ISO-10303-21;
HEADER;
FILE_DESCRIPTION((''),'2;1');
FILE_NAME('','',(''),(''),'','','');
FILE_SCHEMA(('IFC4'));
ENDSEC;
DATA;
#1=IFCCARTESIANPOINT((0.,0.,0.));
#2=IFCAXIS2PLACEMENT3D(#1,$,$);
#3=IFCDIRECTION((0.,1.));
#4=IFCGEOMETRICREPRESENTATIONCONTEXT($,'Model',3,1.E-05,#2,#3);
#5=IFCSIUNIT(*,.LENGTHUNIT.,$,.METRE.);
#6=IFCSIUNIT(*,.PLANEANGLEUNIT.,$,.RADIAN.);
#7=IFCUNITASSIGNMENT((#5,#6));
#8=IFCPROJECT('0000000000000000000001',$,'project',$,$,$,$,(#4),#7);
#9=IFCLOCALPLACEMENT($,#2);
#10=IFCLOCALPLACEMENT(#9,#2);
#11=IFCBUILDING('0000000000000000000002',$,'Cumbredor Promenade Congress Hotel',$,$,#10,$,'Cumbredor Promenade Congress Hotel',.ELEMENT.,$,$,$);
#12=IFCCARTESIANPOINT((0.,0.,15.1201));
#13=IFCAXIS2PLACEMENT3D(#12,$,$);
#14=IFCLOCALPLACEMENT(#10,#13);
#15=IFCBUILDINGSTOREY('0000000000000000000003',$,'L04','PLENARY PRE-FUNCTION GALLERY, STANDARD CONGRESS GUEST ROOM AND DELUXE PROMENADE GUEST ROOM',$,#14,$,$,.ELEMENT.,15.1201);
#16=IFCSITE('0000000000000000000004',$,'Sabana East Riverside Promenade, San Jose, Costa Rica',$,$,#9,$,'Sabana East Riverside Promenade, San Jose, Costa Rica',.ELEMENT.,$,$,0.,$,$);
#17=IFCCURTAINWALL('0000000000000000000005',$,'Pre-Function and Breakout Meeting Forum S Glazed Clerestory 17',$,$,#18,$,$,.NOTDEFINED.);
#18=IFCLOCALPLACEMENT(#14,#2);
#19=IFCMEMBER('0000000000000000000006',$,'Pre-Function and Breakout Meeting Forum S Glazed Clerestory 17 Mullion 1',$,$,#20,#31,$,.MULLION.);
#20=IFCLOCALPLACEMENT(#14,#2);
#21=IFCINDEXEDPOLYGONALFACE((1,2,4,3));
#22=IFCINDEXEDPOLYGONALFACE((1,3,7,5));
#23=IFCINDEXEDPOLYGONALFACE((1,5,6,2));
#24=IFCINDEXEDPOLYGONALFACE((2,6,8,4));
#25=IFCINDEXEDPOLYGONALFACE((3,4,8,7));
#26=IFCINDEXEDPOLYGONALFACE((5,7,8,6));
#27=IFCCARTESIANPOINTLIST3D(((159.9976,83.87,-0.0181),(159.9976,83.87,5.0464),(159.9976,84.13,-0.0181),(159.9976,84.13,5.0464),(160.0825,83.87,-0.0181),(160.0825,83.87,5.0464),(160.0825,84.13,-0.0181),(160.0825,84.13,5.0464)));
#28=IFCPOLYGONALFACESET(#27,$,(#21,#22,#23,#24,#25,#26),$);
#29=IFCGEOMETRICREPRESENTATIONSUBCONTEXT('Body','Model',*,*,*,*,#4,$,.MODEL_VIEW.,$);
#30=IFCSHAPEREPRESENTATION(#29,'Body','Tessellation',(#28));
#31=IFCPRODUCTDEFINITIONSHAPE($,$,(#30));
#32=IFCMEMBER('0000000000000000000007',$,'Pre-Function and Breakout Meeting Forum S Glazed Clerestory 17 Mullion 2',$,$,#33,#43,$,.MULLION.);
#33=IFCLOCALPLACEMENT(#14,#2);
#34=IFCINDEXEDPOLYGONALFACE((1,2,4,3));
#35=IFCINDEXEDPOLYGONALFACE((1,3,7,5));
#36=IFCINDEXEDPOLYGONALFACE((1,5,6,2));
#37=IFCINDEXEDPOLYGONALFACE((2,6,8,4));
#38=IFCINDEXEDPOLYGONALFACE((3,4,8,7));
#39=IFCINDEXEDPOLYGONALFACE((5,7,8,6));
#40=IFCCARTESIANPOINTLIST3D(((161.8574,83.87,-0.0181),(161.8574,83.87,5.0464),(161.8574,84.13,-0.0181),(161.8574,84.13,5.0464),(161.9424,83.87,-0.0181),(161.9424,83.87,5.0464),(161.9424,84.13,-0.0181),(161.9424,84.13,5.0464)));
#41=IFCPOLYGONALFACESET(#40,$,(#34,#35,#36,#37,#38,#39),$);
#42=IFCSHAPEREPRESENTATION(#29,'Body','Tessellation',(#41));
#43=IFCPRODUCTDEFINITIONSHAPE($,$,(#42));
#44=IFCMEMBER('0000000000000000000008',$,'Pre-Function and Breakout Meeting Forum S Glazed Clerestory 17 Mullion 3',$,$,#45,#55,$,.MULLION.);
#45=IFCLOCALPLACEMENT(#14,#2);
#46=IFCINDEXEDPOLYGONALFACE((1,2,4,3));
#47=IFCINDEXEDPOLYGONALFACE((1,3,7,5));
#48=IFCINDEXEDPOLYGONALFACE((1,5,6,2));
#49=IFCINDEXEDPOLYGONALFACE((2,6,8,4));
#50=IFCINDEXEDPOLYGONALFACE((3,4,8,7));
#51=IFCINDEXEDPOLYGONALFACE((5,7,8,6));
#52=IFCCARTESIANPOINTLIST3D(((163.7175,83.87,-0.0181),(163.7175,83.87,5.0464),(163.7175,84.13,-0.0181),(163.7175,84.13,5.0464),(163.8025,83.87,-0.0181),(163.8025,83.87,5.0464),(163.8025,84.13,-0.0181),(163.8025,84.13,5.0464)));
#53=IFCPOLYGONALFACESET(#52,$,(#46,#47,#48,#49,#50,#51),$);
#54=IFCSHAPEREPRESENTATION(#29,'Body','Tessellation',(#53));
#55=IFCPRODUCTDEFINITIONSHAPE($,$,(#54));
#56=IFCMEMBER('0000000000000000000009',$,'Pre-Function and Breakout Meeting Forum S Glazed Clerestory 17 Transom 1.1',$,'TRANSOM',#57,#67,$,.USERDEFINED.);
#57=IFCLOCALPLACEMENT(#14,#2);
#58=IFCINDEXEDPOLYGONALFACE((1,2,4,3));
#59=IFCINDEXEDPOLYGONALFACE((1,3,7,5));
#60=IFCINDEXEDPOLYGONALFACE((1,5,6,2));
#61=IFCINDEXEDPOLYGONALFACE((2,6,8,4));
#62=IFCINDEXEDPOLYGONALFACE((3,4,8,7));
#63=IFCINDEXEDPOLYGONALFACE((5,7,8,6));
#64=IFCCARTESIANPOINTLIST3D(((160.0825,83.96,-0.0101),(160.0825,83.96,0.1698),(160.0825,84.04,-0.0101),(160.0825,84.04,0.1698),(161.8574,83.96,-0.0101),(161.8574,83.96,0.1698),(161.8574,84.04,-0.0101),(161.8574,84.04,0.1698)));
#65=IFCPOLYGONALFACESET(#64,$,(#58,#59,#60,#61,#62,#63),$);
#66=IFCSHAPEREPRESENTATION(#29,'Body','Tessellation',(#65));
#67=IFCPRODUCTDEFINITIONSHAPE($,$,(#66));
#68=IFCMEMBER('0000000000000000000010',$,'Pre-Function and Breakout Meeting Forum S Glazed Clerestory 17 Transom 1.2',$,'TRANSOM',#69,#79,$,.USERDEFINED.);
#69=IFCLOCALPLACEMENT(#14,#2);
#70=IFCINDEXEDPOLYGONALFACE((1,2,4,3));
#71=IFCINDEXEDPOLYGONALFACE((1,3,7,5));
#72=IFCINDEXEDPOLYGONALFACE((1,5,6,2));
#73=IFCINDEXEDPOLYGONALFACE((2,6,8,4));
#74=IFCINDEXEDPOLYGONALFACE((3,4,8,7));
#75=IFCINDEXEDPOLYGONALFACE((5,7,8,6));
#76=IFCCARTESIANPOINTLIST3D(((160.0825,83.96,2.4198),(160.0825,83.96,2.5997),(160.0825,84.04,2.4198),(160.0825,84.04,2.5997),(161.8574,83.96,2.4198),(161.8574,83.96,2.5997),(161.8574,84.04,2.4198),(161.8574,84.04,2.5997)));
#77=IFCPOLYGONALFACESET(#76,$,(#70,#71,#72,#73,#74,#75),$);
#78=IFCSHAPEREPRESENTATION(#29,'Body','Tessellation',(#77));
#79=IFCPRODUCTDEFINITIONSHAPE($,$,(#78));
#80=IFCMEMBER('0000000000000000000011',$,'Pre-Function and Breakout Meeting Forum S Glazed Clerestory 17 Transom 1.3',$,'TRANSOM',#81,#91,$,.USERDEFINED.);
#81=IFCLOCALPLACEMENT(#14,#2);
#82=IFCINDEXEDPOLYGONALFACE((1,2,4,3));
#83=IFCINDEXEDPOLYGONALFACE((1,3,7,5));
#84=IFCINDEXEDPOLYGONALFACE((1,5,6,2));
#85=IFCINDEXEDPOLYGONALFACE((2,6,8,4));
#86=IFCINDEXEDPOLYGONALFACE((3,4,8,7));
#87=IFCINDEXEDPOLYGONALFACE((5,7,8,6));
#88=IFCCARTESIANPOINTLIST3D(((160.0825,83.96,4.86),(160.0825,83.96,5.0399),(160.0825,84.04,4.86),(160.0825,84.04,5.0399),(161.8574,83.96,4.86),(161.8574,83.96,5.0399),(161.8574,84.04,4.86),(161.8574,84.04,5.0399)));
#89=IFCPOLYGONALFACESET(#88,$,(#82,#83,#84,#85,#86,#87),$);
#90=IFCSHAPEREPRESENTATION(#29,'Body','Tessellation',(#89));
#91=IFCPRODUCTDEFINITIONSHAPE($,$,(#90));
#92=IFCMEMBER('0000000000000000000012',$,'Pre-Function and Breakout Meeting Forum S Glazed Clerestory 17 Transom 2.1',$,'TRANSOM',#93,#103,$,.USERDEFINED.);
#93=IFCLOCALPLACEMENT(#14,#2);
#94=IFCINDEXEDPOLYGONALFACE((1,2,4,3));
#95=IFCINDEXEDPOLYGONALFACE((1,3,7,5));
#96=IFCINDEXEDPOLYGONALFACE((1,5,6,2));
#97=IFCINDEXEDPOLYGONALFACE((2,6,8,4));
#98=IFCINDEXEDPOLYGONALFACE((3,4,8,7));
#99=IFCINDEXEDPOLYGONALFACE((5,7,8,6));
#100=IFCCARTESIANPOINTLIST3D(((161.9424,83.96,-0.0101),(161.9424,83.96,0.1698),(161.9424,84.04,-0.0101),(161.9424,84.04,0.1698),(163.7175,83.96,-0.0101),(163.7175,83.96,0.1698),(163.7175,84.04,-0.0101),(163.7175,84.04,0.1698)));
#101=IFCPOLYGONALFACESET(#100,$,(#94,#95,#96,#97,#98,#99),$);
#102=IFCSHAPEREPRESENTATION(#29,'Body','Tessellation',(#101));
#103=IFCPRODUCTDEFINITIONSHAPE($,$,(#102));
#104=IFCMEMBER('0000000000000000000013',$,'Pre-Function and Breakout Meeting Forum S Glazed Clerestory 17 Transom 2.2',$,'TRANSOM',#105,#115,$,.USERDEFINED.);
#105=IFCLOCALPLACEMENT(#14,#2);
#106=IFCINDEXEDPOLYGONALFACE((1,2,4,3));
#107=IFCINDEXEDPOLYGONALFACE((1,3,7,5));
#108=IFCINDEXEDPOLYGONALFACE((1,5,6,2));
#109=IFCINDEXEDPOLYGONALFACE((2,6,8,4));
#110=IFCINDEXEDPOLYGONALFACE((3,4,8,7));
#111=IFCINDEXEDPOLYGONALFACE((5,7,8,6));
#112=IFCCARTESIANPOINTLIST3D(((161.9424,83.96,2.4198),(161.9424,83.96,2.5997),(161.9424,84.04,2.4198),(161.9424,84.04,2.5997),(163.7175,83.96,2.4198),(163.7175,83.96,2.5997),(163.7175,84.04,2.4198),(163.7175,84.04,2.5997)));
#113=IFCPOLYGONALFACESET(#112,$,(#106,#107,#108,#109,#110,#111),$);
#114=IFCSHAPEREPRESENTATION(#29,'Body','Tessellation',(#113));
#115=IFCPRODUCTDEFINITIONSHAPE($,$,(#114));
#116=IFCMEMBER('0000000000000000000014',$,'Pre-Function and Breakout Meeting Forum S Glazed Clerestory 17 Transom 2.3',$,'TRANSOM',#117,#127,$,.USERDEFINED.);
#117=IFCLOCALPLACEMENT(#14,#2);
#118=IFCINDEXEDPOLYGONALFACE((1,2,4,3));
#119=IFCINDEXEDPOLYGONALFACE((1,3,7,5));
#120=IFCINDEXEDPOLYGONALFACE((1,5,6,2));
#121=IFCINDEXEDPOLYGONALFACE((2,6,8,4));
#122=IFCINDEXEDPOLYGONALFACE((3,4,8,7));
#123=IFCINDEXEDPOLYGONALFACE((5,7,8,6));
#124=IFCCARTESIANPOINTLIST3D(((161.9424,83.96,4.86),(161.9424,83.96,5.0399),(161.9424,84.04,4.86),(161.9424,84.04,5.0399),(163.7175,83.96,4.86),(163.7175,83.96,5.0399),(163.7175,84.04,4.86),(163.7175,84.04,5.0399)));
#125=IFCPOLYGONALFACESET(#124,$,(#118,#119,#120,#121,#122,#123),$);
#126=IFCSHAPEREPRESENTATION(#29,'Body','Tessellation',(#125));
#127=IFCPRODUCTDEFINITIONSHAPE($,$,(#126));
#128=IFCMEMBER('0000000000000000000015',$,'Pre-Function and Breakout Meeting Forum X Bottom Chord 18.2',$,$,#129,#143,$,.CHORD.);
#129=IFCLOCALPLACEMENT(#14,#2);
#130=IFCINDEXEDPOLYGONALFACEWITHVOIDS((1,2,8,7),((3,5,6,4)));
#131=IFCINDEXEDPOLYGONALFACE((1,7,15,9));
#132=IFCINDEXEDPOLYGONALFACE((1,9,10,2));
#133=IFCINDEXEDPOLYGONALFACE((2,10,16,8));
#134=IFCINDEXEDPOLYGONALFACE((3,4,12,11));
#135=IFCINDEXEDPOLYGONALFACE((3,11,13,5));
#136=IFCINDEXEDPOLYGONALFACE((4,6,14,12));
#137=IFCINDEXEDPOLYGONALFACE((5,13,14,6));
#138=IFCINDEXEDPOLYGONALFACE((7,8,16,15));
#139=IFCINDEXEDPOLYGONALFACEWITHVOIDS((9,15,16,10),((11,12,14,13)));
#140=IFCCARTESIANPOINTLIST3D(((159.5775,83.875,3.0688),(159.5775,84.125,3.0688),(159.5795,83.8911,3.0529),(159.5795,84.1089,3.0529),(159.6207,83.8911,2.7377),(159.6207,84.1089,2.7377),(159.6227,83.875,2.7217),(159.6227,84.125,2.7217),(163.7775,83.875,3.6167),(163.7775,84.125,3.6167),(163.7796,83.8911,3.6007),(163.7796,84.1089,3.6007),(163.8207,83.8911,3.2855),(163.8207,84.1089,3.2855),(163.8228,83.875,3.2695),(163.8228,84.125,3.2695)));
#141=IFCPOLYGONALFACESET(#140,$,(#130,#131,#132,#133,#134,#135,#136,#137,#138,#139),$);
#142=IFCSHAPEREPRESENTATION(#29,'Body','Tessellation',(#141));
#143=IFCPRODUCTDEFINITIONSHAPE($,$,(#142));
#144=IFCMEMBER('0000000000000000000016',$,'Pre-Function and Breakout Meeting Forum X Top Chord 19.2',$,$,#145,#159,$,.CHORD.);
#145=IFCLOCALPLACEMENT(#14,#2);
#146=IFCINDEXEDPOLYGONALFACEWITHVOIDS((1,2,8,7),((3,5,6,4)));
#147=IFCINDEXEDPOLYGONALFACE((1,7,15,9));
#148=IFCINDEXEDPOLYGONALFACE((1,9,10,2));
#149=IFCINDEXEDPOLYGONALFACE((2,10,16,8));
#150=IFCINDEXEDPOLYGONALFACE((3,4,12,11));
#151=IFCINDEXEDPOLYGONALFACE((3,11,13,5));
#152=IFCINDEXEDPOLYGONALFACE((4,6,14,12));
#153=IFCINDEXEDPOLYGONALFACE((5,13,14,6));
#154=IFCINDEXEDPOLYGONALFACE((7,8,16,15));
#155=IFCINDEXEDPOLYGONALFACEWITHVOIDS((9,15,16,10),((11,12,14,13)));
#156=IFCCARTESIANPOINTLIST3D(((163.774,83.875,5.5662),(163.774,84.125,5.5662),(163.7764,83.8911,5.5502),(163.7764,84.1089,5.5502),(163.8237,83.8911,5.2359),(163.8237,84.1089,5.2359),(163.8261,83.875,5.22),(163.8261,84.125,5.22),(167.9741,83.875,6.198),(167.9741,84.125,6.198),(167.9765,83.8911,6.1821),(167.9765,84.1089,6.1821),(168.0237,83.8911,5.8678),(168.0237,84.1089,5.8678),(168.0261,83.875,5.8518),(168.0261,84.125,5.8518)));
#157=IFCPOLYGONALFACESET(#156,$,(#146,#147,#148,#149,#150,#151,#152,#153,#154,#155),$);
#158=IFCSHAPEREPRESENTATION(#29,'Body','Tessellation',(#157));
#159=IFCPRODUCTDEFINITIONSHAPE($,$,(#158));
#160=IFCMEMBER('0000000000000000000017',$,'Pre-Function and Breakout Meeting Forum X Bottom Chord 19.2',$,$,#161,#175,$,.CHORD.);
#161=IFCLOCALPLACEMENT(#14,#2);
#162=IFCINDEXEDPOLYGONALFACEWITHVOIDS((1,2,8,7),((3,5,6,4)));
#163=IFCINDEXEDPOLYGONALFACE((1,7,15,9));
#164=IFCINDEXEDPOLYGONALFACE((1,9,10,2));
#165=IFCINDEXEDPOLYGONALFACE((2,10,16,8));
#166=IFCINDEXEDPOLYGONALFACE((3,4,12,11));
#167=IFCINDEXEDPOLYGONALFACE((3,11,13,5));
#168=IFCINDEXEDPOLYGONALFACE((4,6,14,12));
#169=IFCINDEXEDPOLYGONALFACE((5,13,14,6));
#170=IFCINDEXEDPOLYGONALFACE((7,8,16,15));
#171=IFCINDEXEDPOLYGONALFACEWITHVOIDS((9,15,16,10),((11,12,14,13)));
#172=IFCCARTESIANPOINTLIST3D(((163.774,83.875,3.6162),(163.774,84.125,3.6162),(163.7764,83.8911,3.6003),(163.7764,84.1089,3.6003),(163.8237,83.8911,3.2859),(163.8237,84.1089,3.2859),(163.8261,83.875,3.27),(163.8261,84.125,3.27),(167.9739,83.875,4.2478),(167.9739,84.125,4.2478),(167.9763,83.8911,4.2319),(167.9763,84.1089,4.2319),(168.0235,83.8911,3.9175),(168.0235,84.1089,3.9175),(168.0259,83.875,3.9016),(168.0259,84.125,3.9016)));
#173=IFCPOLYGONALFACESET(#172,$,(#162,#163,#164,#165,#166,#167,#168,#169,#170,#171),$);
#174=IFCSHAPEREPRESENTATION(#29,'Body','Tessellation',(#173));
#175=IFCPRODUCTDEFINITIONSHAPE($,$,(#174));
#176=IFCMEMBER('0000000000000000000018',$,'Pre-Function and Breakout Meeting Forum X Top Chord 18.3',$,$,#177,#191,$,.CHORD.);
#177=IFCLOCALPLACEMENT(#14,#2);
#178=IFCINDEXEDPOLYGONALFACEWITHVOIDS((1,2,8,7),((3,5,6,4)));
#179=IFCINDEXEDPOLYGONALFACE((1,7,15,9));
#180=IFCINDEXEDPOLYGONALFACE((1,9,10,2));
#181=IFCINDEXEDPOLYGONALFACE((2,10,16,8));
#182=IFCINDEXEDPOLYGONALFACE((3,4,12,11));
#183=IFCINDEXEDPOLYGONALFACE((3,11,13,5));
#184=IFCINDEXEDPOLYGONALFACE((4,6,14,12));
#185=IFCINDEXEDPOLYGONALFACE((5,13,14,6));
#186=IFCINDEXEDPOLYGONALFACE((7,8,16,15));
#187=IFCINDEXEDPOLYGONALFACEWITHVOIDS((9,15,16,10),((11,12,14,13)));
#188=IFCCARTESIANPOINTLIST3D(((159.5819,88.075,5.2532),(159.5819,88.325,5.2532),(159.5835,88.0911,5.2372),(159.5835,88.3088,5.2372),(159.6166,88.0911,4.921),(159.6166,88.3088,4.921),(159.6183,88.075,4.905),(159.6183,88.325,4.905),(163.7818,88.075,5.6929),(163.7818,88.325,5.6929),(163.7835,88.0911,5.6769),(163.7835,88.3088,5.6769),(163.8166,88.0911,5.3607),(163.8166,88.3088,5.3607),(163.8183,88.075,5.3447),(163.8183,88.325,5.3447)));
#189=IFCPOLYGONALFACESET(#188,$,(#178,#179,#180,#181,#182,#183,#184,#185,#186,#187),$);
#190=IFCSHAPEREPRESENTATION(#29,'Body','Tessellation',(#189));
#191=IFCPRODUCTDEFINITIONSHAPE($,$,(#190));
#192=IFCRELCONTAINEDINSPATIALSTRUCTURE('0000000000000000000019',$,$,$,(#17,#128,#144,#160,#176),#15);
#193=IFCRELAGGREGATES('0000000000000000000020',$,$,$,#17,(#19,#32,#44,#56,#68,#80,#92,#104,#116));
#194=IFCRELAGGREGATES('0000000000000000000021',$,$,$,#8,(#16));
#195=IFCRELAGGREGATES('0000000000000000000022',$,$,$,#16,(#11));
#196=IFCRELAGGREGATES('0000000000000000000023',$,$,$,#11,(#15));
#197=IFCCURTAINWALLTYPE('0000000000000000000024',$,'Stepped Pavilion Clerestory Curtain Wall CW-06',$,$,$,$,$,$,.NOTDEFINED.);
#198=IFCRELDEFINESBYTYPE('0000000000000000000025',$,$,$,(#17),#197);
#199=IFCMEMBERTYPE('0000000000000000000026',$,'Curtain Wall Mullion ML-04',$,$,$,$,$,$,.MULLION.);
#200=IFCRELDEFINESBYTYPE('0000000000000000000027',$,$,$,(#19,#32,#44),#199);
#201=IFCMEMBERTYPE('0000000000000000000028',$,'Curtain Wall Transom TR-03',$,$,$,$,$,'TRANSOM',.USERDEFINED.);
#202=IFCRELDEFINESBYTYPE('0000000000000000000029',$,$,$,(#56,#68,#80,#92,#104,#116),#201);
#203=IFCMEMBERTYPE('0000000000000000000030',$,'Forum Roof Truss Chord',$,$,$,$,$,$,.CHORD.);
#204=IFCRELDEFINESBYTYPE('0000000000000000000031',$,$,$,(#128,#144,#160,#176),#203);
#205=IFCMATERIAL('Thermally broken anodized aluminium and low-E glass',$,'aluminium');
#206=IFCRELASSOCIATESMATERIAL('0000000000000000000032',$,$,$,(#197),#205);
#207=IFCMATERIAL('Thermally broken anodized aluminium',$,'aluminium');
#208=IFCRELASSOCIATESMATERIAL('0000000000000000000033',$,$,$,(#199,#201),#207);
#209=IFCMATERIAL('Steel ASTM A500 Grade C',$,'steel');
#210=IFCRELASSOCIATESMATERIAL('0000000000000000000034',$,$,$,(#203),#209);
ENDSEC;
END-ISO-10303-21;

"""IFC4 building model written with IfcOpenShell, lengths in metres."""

from ifc_helpers import new_model, si_unit, direction, frame, origin, origin_2d, place, context, subcontext, project, spatial, rectangle, hollow_rectangle, extrude, material, material_profile, profile_set, type_object, element, aggregate, save


model = new_model("IFC4")

# Units and contexts
model_context = context("Model", 3, precision=1e-05, world=origin(), true_north=direction((0.0, 1.0)))
body_context = subcontext(model_context, "Body", "Model", "MODEL_VIEW")
ifc_project = project(units=[si_unit("LENGTHUNIT", "METRE"), si_unit("PLANEANGLEUNIT", "RADIAN")], contexts=[model_context])

# Site, building, storey
site_placement = place(None, origin())
site = spatial("IfcSite", under=ifc_project, at=site_placement, Name="Sabana East Riverside Promenade, San Jose, Costa Rica", LongName="Sabana East Riverside Promenade, San Jose, Costa Rica", CompositionType="ELEMENT", RefElevation=0.0)
building_placement = place(site_placement, origin())
building = spatial("IfcBuilding", under=site, at=building_placement, Name="Cumbredor Promenade Congress Hotel", LongName="Cumbredor Promenade Congress Hotel", CompositionType="ELEMENT")
storey_placement = place(building_placement, frame((0.0, 0.0, 15.1201)))
storey = spatial("IfcBuildingStorey", under=building, at=storey_placement, Name="L04", Description="PLENARY PRE-FUNCTION GALLERY, STANDARD CONGRESS GUEST ROOM AND DELUXE PROMENADE GUEST ROOM", CompositionType="ELEMENT", Elevation=15.1201)

# Curtain wall, members
ifc_material_1 = material(Name="Thermally broken anodized aluminium and low-E glass", Category="aluminium")
curtain_wall_type = type_object("IfcCurtainWallType", Name="Stepped Pavilion Clerestory Curtain Wall CW-06", PredefinedType="NOTDEFINED", material=ifc_material_1)
curtain_wall_placement = place(storey_placement, origin())
curtain_wall = element("IfcCurtainWall", 1, at=curtain_wall_placement, inside=storey, type_object=curtain_wall_type, Name="Pre-Function and Breakout Meeting Forum S Glazed Clerestory 17", PredefinedType="NOTDEFINED")
ifc_material_2 = material(Name="Thermally broken anodized aluminium", Category="aluminium")
ifc_material_profile_1 = material_profile(ifc_material_2, rectangle(XDim=0.085, YDim=0.26, at=origin_2d()), Name="ALU MULLION CLERESTORY 85x260")
ifc_profile_set_1 = profile_set([ifc_material_profile_1], Name="Thermally broken anodized aluminium")
member_type_1 = type_object("IfcMemberType", Name="Curtain Wall Mullion ML-04", PredefinedType="MULLION", material=ifc_profile_set_1)
member_1_placement = place(storey_placement, frame((160.04, 84.0, -0.0181), z_axis=(0.0, 0.0, 1.0), x_axis=(1.0, 0.0, 0.0)))
member_1 = element("IfcMember", 2, at=member_1_placement, type_object=member_type_1, Name="Pre-Function and Breakout Meeting Forum S Glazed Clerestory 17 Mullion 1", PredefinedType="MULLION", context=body_context, shape_type="SweptSolid", body=[
    extrude(rectangle(XDim=0.085, YDim=0.26, at=origin_2d()), origin(), (0.0, 0.0, 1.0), 5.0645),
])
member_2_placement = place(storey_placement, frame((161.8999, 84.0, -0.0181), z_axis=(0.0, 0.0, 1.0), x_axis=(1.0, 0.0, 0.0)))
member_2 = element("IfcMember", 3, at=member_2_placement, type_object=member_type_1, Name="Pre-Function and Breakout Meeting Forum S Glazed Clerestory 17 Mullion 2", PredefinedType="MULLION", context=body_context, shape_type="SweptSolid", body=[
    extrude(rectangle(XDim=0.085, YDim=0.26, at=origin_2d()), origin(), (0.0, 0.0, 1.0), 5.0645),
])
member_3_placement = place(storey_placement, frame((163.76, 84.0, -0.0181), z_axis=(0.0, 0.0, 1.0), x_axis=(1.0, 0.0, 0.0)))
member_3 = element("IfcMember", 4, at=member_3_placement, type_object=member_type_1, Name="Pre-Function and Breakout Meeting Forum S Glazed Clerestory 17 Mullion 3", PredefinedType="MULLION", context=body_context, shape_type="SweptSolid", body=[
    extrude(rectangle(XDim=0.085, YDim=0.26, at=origin_2d()), origin(), (0.0, 0.0, 1.0), 5.0645),
])
ifc_material_profile_2 = material_profile(ifc_material_2, rectangle(XDim=0.0801, YDim=0.1799, at=origin_2d()), Name="ALU TRANSOM 80x180")
ifc_profile_set_2 = profile_set([ifc_material_profile_2], Name="Thermally broken anodized aluminium")
member_type_2 = type_object("IfcMemberType", Name="Curtain Wall Transom TR-03", ElementType="TRANSOM", PredefinedType="USERDEFINED", material=ifc_profile_set_2)
member_4_placement = place(storey_placement, frame((160.0825, 84.0, 0.0798), z_axis=(1.0, 0.0, 0.0), x_axis=(0.0, 1.0, 0.0)))
member_4 = element("IfcMember", 5, at=member_4_placement, type_object=member_type_2, Name="Pre-Function and Breakout Meeting Forum S Glazed Clerestory 17 Transom 1.1", ObjectType="TRANSOM", PredefinedType="USERDEFINED", context=body_context, shape_type="SweptSolid", body=[
    extrude(rectangle(XDim=0.0801, YDim=0.1799, at=origin_2d()), origin(), (0.0, 0.0, 1.0), 1.7749),
])
member_5_placement = place(storey_placement, frame((160.0825, 84.0, 2.5098), z_axis=(1.0, 0.0, 0.0), x_axis=(0.0, 1.0, 0.0)))
member_5 = element("IfcMember", 6, at=member_5_placement, type_object=member_type_2, Name="Pre-Function and Breakout Meeting Forum S Glazed Clerestory 17 Transom 1.2", ObjectType="TRANSOM", PredefinedType="USERDEFINED", context=body_context, shape_type="SweptSolid", body=[
    extrude(rectangle(XDim=0.0801, YDim=0.1799, at=origin_2d()), origin(), (0.0, 0.0, 1.0), 1.7749),
])
member_6_placement = place(storey_placement, frame((160.0825, 84.0, 4.95), z_axis=(1.0, 0.0, 0.0), x_axis=(0.0, 1.0, 0.0)))
member_6 = element("IfcMember", 7, at=member_6_placement, type_object=member_type_2, Name="Pre-Function and Breakout Meeting Forum S Glazed Clerestory 17 Transom 1.3", ObjectType="TRANSOM", PredefinedType="USERDEFINED", context=body_context, shape_type="SweptSolid", body=[
    extrude(rectangle(XDim=0.0801, YDim=0.1799, at=origin_2d()), origin(), (0.0, 0.0, 1.0), 1.7749),
])
member_7_placement = place(storey_placement, frame((161.9424, 84.0, 0.0798), z_axis=(1.0, 0.0, 0.0), x_axis=(0.0, 1.0, 0.0)))
member_7 = element("IfcMember", 8, at=member_7_placement, type_object=member_type_2, Name="Pre-Function and Breakout Meeting Forum S Glazed Clerestory 17 Transom 2.1", ObjectType="TRANSOM", PredefinedType="USERDEFINED", context=body_context, shape_type="SweptSolid", body=[
    extrude(rectangle(XDim=0.0801, YDim=0.1799, at=origin_2d()), origin(), (0.0, 0.0, 1.0), 1.7751),
])
member_8_placement = place(storey_placement, frame((161.9424, 84.0, 2.5098), z_axis=(1.0, 0.0, 0.0), x_axis=(0.0, 1.0, 0.0)))
member_8 = element("IfcMember", 9, at=member_8_placement, type_object=member_type_2, Name="Pre-Function and Breakout Meeting Forum S Glazed Clerestory 17 Transom 2.2", ObjectType="TRANSOM", PredefinedType="USERDEFINED", context=body_context, shape_type="SweptSolid", body=[
    extrude(rectangle(XDim=0.0801, YDim=0.1799, at=origin_2d()), origin(), (0.0, 0.0, 1.0), 1.7751),
])
member_9_placement = place(storey_placement, frame((161.9424, 84.0, 4.95), z_axis=(1.0, 0.0, 0.0), x_axis=(0.0, 1.0, 0.0)))
member_9 = element("IfcMember", 10, at=member_9_placement, type_object=member_type_2, Name="Pre-Function and Breakout Meeting Forum S Glazed Clerestory 17 Transom 2.3", ObjectType="TRANSOM", PredefinedType="USERDEFINED", context=body_context, shape_type="SweptSolid", body=[
    extrude(rectangle(XDim=0.0801, YDim=0.1799, at=origin_2d()), origin(), (0.0, 0.0, 1.0), 1.7751),
])

# Members
ifc_material_3 = material(Name="Steel ASTM A500 Grade C", Category="steel")
ifc_material_profile_3 = material_profile(ifc_material_3, hollow_rectangle(XDim=0.25, YDim=0.3501, WallThickness=0.0161, at=origin_2d()), Name="HSS 350x250x16")
ifc_profile_set_3 = profile_set([ifc_material_profile_3], Name="Steel ASTM A500 Grade C")
member_type_3 = type_object("IfcMemberType", Name="Forum Roof Truss Chord", PredefinedType="CHORD", material=ifc_profile_set_3)
member_10_placement = place(storey_placement, frame((159.6001, 84.0, 2.8953), z_axis=(0.991599, 0.0, 0.129347), x_axis=(0.0, 1.0, 0.0)))
element("IfcMember", 11, at=member_10_placement, inside=storey, type_object=member_type_3, Name="Pre-Function and Breakout Meeting Forum X Bottom Chord 18.2", PredefinedType="CHORD", context=body_context, shape_type="SweptSolid", body=[
    extrude(hollow_rectangle(XDim=0.25, YDim=0.3501, WallThickness=0.0161, at=origin_2d()), origin(), (0.0, 0.0, 1.0), 4.2356),
])
member_11_placement = place(storey_placement, frame((163.8, 84.0, 5.3931), z_axis=(0.988873, 0.0, 0.148765), x_axis=(0.0, 1.0, 0.0)))
element("IfcMember", 12, at=member_11_placement, inside=storey, type_object=member_type_3, Name="Pre-Function and Breakout Meeting Forum X Top Chord 19.2", PredefinedType="CHORD", context=body_context, shape_type="SweptSolid", body=[
    extrude(hollow_rectangle(XDim=0.25, YDim=0.3501, WallThickness=0.0161, at=origin_2d()), origin(), (0.0, 0.0, 1.0), 4.2473),
])
member_12_placement = place(storey_placement, frame((163.8, 84.0, 3.4431), z_axis=(0.988881, 0.0, 0.148709), x_axis=(0.0, 1.0, 0.0)))
element("IfcMember", 13, at=member_12_placement, inside=storey, type_object=member_type_3, Name="Pre-Function and Breakout Meeting Forum X Bottom Chord 19.2", PredefinedType="CHORD", context=body_context, shape_type="SweptSolid", body=[
    extrude(hollow_rectangle(XDim=0.25, YDim=0.3501, WallThickness=0.0161, at=origin_2d()), origin(), (0.0, 0.0, 1.0), 4.2471),
])
for number, where, z_axis, x_axis, name in (
    (14, (159.6001, 88.2, 5.0791), (0.994565, 0.0, 0.104122), (0.0, 1.0, 0.0), "Pre-Function and Breakout Meeting Forum X Top Chord 18.3"),
):
    element("IfcMember", number, at=place(storey_placement, frame(where, z_axis=z_axis, x_axis=x_axis)), inside=storey, type_object=member_type_3, Name=name, PredefinedType="CHORD", context=body_context, shape_type="SweptSolid", body=[
        extrude(hollow_rectangle(XDim=0.25, YDim=0.3501, WallThickness=0.0161, at=origin_2d()), origin(), (0.0, 0.0, 1.0), 4.2229),
    ])

aggregate(curtain_wall, [member_1, member_2, member_3, member_4, member_5, member_6, member_7, member_8, member_9])

save(model, "model.ifc")
